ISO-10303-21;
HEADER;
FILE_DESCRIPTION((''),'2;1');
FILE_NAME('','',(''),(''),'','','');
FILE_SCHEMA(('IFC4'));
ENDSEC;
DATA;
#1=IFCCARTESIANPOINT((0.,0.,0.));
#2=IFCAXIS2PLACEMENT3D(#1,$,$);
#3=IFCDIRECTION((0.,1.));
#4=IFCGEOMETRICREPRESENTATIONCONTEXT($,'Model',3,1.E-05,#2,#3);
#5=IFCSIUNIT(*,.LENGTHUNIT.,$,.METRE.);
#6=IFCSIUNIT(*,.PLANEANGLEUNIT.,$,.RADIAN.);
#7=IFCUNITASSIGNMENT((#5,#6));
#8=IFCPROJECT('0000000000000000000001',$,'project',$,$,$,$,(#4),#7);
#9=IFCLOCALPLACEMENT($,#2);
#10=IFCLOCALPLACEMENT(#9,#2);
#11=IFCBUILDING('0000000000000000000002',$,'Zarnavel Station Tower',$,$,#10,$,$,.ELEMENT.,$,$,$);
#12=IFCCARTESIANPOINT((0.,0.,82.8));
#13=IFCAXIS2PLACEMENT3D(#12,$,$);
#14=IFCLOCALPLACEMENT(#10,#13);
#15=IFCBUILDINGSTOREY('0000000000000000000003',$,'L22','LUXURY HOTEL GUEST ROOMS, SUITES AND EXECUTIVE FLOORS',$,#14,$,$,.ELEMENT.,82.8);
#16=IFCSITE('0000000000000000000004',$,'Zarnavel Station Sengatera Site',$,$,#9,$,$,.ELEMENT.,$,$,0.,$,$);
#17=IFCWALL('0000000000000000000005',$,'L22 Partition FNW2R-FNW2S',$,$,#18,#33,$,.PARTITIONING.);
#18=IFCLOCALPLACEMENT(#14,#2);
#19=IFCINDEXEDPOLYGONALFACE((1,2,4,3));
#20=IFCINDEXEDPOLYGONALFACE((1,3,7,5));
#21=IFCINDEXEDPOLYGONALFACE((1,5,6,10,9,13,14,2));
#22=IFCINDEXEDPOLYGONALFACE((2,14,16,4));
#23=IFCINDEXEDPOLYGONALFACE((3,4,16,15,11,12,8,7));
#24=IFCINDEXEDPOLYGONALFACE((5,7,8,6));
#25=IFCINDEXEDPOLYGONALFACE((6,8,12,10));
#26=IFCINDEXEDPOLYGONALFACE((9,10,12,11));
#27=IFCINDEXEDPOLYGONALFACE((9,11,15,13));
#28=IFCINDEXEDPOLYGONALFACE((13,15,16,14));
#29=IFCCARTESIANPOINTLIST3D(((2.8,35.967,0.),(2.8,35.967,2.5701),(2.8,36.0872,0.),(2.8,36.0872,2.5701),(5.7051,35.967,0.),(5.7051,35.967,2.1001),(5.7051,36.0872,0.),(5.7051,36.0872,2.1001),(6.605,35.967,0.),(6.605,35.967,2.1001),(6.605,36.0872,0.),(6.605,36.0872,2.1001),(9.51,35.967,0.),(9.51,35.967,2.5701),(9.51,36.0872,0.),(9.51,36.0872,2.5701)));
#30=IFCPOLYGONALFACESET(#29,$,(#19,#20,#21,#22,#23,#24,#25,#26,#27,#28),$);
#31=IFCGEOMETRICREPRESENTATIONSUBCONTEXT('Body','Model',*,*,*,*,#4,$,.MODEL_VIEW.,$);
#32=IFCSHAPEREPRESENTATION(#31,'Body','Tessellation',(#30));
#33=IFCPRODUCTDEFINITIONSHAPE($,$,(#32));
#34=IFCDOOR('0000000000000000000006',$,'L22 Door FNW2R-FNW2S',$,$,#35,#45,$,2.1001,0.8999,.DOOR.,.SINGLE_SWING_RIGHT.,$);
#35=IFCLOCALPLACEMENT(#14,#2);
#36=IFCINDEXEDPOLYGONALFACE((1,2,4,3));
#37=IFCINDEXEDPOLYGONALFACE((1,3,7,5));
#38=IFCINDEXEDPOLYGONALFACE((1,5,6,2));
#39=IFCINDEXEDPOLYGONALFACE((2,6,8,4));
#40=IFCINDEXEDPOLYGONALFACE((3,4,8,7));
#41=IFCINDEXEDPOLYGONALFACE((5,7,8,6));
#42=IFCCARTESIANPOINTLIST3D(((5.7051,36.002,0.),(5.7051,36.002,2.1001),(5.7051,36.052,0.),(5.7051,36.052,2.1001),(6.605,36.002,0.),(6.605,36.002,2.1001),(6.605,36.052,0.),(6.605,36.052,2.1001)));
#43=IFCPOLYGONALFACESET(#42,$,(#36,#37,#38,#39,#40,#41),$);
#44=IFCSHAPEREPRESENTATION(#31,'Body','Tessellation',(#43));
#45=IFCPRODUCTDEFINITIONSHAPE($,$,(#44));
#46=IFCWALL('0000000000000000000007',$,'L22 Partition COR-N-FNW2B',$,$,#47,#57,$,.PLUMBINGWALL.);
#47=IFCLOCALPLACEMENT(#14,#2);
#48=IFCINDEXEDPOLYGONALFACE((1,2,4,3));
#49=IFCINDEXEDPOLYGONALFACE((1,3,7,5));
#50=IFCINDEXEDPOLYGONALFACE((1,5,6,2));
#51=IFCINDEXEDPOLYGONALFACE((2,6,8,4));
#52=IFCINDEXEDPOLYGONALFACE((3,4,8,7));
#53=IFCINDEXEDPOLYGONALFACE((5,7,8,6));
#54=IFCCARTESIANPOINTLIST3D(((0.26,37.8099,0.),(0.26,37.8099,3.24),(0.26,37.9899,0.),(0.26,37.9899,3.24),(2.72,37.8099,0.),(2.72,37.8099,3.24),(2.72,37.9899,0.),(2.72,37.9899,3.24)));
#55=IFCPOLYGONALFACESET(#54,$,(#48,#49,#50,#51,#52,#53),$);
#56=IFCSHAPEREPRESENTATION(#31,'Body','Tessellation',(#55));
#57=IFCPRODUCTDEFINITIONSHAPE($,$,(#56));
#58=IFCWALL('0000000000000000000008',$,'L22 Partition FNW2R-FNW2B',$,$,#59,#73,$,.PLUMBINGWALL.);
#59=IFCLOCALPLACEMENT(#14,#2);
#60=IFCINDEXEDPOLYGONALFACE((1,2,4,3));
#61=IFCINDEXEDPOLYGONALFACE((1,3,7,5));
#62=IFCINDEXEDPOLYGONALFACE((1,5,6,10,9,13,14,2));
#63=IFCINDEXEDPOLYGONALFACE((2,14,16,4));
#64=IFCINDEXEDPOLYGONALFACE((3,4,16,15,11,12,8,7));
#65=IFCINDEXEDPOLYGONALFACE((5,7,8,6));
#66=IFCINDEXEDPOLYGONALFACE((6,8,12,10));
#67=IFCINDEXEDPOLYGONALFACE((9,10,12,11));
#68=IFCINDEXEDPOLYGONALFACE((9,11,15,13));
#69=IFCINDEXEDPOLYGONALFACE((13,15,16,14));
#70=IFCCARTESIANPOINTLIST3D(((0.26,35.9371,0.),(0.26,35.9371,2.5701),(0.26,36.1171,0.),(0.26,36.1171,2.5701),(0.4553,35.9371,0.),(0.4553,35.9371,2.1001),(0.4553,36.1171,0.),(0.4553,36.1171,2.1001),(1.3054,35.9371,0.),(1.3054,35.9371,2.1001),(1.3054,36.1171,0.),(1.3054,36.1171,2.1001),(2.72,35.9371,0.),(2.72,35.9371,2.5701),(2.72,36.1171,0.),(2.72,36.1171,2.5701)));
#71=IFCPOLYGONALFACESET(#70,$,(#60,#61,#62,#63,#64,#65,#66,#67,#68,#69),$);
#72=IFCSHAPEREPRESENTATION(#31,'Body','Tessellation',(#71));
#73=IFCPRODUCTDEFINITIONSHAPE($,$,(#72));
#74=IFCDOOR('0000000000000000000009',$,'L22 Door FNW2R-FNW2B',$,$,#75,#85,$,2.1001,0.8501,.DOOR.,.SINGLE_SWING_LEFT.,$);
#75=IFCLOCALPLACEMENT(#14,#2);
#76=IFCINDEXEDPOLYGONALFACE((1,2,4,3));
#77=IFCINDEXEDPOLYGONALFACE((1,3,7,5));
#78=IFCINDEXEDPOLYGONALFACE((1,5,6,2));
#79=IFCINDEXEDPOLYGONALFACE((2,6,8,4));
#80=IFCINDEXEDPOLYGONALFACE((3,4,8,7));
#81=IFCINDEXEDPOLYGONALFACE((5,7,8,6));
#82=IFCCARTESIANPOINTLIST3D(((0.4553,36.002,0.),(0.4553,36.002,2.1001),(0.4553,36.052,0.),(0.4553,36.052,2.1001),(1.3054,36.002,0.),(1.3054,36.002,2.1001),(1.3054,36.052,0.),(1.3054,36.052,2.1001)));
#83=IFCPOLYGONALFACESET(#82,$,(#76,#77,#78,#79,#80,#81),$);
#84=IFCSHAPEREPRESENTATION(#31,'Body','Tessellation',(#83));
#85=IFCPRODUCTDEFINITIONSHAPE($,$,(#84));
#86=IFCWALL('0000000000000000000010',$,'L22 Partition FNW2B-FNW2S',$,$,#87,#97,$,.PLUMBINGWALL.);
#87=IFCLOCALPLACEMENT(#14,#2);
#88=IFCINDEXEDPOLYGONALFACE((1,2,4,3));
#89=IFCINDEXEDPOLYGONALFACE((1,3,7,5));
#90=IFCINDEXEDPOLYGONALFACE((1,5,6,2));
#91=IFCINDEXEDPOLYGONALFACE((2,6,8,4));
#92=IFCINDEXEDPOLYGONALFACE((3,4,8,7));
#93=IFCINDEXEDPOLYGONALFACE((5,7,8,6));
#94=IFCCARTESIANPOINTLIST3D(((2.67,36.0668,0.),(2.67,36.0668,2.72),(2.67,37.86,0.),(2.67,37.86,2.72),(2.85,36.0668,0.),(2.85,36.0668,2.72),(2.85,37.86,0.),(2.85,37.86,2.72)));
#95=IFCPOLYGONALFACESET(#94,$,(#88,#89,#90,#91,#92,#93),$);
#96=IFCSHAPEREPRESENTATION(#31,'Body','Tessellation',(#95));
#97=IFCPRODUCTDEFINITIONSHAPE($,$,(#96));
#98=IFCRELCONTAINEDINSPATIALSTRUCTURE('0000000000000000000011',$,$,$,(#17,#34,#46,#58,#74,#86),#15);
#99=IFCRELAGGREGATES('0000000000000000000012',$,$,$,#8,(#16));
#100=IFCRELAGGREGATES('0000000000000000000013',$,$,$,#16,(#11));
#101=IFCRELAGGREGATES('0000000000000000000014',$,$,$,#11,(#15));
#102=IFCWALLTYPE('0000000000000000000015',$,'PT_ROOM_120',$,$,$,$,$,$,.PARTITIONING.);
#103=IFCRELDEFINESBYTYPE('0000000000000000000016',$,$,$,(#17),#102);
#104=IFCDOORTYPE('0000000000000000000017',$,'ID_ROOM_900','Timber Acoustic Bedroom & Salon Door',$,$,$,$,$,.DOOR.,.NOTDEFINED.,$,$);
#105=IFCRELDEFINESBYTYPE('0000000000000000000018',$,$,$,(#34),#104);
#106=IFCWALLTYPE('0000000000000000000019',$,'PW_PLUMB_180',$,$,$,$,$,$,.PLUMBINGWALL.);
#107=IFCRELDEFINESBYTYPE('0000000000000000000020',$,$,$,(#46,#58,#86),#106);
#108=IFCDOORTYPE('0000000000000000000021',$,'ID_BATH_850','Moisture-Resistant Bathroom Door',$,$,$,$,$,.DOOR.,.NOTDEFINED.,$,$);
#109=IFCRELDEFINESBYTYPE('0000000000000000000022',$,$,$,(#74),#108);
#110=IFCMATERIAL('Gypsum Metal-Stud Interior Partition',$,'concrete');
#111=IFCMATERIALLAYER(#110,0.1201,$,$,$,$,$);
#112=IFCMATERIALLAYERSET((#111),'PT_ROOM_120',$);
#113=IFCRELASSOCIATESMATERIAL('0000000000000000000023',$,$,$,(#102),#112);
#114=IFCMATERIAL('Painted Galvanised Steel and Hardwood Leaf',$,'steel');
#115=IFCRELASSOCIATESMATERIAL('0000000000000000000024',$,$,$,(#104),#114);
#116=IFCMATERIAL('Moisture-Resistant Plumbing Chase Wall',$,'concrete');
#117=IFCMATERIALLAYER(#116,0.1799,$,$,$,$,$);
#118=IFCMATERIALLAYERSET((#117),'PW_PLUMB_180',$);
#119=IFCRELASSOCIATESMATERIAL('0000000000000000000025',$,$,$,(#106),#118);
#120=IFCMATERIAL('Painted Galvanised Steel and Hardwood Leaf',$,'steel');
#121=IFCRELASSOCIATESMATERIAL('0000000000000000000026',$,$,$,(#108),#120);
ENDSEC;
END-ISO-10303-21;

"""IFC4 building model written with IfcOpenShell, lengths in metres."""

from ifc_helpers import new_model, si_unit, direction, frame, frame_2d, origin, place, context, subcontext, project, spatial, rectangle, extrude, material, layer, layer_set, type_object, element, fill, save


model = new_model("IFC4")

# Units and contexts
model_context = context("Model", 3, precision=1e-05, world=origin(), true_north=direction((0.0, 1.0)))
body_context = subcontext(model_context, "Body", "Model", "MODEL_VIEW")
ifc_project = project(units=[si_unit("LENGTHUNIT", "METRE"), si_unit("PLANEANGLEUNIT", "RADIAN")], contexts=[model_context])

# Site, building, storey
site_placement = place(None, origin())
site = spatial("IfcSite", under=ifc_project, at=site_placement, Name="Zarnavel Station Sengatera Site", CompositionType="ELEMENT", RefElevation=0.0)
building_placement = place(site_placement, origin())
building = spatial("IfcBuilding", under=site, at=building_placement, Name="Zarnavel Station Tower", CompositionType="ELEMENT")
storey_placement = place(building_placement, frame((0.0, 0.0, 82.8)))
storey = spatial("IfcBuildingStorey", under=building, at=storey_placement, Name="L22", Description="LUXURY HOTEL GUEST ROOMS, SUITES AND EXECUTIVE FLOORS", CompositionType="ELEMENT", Elevation=82.8)

# Wall, opening, door
ifc_material_1 = material(Name="Gypsum Metal-Stud Interior Partition", Category="concrete")
ifc_layer_1 = layer(ifc_material_1, 0.1201)
ifc_layer_set_1 = layer_set([ifc_layer_1], Name="PT_ROOM_120")
wall_type_1 = type_object("IfcWallType", Name="PT_ROOM_120", PredefinedType="PARTITIONING", material=ifc_layer_set_1)
ifc_material_2 = material(Name="Painted Galvanised Steel and Hardwood Leaf", Category="steel")
door_type_1 = type_object("IfcDoorType", Name="ID_ROOM_900", Description="Timber Acoustic Bedroom & Salon Door", OperationType="NOTDEFINED", PredefinedType="DOOR", material=ifc_material_2)
wall_1_placement = place(storey_placement, frame((2.8, 36.0271, 0.0), z_axis=(0.0, 0.0, 1.0), x_axis=(1.0, 0.0, 0.0)))
wall_1 = element("IfcWall", 1, at=wall_1_placement, inside=storey, type_object=wall_type_1, Name="L22 Partition FNW2R-FNW2S", PredefinedType="PARTITIONING", context=body_context, shape_type="SweptSolid", body=[
    extrude(rectangle(XDim=6.71, YDim=0.1201, at=frame_2d((3.355, 0.0))), origin(), (0.0, 0.0, 1.0), 2.5701),
])
opening_1_placement = place(wall_1_placement, frame((2.905, 0.0, 0.0)))
opening_1 = element("IfcOpeningElement", 2, at=opening_1_placement, cuts=wall_1, PredefinedType="OPENING", context=body_context, shape_type="SweptSolid", body=[
    extrude(rectangle(XDim=0.8999, YDim=2.1001, at=frame_2d((0.45, 1.05))), frame((0.0, 0.0701, 0.0), z_axis=(0.0, -1.0, 0.0), x_axis=(1.0, 0.0, 0.0)), (0.0, 0.0, 1.0), 0.1401),
])
door_1_placement = place(opening_1_placement, origin())
door_1 = element("IfcDoor", 3, at=door_1_placement, inside=storey, type_object=door_type_1, Name="L22 Door FNW2R-FNW2S", OperationType="SINGLE_SWING_RIGHT", OverallHeight=2.1001, OverallWidth=0.8999, PredefinedType="DOOR", context=body_context, shape_type="SweptSolid", body=[
    extrude(rectangle(XDim=0.8999, YDim=2.1001, at=frame_2d((0.45, 1.05))), frame((0.0, 0.0249, 0.0), z_axis=(0.0, -1.0, 0.0), x_axis=(1.0, 0.0, 0.0)), (0.0, 0.0, 1.0), 0.05),
])
fill(opening_1, door_1)

# Wall
ifc_material_3 = material(Name="Moisture-Resistant Plumbing Chase Wall", Category="concrete")
ifc_layer_2 = layer(ifc_material_3, 0.1799)
ifc_layer_set_2 = layer_set([ifc_layer_2], Name="PW_PLUMB_180")
wall_type_2 = type_object("IfcWallType", Name="PW_PLUMB_180", PredefinedType="PLUMBINGWALL", material=ifc_layer_set_2)
wall_2_placement = place(storey_placement, frame((0.26, 37.8999, 0.0), z_axis=(0.0, 0.0, 1.0), x_axis=(1.0, 0.0, 0.0)))
element("IfcWall", 4, at=wall_2_placement, inside=storey, type_object=wall_type_2, Name="L22 Partition COR-N-FNW2B", PredefinedType="PLUMBINGWALL", context=body_context, shape_type="SweptSolid", body=[
    extrude(rectangle(XDim=2.46, YDim=0.1799, at=frame_2d((1.23, 0.0))), origin(), (0.0, 0.0, 1.0), 3.24),
])

# Wall, opening, door
wall_3_placement = place(storey_placement, frame((0.26, 36.0271, 0.0), z_axis=(0.0, 0.0, 1.0), x_axis=(1.0, 0.0, 0.0)))
wall_3 = element("IfcWall", 5, at=wall_3_placement, inside=storey, type_object=wall_type_2, Name="L22 Partition FNW2R-FNW2B", PredefinedType="PLUMBINGWALL", context=body_context, shape_type="SweptSolid", body=[
    extrude(rectangle(XDim=2.46, YDim=0.1799, at=frame_2d((1.23, 0.0))), origin(), (0.0, 0.0, 1.0), 2.5701),
])
opening_2_placement = place(wall_3_placement, frame((0.1953, 0.0, 0.0)))
opening_2 = element("IfcOpeningElement", 6, at=opening_2_placement, cuts=wall_3, PredefinedType="OPENING", context=body_context, shape_type="SweptSolid", body=[
    extrude(rectangle(XDim=0.8501, YDim=2.1001, at=frame_2d((0.425, 1.05))), frame((0.0, 0.0999, 0.0), z_axis=(0.0, -1.0, 0.0), x_axis=(1.0, 0.0, 0.0)), (0.0, 0.0, 1.0), 0.2),
])
ifc_material_4 = material(Name="Painted Galvanised Steel and Hardwood Leaf", Category="steel")
door_type_2 = type_object("IfcDoorType", Name="ID_BATH_850", Description="Moisture-Resistant Bathroom Door", OperationType="NOTDEFINED", PredefinedType="DOOR", material=ifc_material_4)
door_2_placement = place(opening_2_placement, origin())
door_2 = element("IfcDoor", 7, at=door_2_placement, inside=storey, type_object=door_type_2, Name="L22 Door FNW2R-FNW2B", OperationType="SINGLE_SWING_LEFT", OverallHeight=2.1001, OverallWidth=0.8501, PredefinedType="DOOR", context=body_context, shape_type="SweptSolid", body=[
    extrude(rectangle(XDim=0.8501, YDim=2.1001, at=frame_2d((0.425, 1.05))), frame((0.0, 0.0249, 0.0), z_axis=(0.0, -1.0, 0.0), x_axis=(1.0, 0.0, 0.0)), (0.0, 0.0, 1.0), 0.05),
])
fill(opening_2, door_2)

# Wall
wall_4_placement = place(storey_placement, frame((2.76, 36.0669, 0.0), z_axis=(0.0, 0.0, 1.0), x_axis=(0.0, 1.0, 0.0)))
element("IfcWall", 8, at=wall_4_placement, inside=storey, type_object=wall_type_2, Name="L22 Partition FNW2B-FNW2S", PredefinedType="PLUMBINGWALL", context=body_context, shape_type="SweptSolid", body=[
    extrude(rectangle(XDim=1.7932, YDim=0.1799, at=frame_2d((0.8965, 0.0))), origin(), (0.0, 0.0, 1.0), 2.72),
])

save(model, "model.ifc")
